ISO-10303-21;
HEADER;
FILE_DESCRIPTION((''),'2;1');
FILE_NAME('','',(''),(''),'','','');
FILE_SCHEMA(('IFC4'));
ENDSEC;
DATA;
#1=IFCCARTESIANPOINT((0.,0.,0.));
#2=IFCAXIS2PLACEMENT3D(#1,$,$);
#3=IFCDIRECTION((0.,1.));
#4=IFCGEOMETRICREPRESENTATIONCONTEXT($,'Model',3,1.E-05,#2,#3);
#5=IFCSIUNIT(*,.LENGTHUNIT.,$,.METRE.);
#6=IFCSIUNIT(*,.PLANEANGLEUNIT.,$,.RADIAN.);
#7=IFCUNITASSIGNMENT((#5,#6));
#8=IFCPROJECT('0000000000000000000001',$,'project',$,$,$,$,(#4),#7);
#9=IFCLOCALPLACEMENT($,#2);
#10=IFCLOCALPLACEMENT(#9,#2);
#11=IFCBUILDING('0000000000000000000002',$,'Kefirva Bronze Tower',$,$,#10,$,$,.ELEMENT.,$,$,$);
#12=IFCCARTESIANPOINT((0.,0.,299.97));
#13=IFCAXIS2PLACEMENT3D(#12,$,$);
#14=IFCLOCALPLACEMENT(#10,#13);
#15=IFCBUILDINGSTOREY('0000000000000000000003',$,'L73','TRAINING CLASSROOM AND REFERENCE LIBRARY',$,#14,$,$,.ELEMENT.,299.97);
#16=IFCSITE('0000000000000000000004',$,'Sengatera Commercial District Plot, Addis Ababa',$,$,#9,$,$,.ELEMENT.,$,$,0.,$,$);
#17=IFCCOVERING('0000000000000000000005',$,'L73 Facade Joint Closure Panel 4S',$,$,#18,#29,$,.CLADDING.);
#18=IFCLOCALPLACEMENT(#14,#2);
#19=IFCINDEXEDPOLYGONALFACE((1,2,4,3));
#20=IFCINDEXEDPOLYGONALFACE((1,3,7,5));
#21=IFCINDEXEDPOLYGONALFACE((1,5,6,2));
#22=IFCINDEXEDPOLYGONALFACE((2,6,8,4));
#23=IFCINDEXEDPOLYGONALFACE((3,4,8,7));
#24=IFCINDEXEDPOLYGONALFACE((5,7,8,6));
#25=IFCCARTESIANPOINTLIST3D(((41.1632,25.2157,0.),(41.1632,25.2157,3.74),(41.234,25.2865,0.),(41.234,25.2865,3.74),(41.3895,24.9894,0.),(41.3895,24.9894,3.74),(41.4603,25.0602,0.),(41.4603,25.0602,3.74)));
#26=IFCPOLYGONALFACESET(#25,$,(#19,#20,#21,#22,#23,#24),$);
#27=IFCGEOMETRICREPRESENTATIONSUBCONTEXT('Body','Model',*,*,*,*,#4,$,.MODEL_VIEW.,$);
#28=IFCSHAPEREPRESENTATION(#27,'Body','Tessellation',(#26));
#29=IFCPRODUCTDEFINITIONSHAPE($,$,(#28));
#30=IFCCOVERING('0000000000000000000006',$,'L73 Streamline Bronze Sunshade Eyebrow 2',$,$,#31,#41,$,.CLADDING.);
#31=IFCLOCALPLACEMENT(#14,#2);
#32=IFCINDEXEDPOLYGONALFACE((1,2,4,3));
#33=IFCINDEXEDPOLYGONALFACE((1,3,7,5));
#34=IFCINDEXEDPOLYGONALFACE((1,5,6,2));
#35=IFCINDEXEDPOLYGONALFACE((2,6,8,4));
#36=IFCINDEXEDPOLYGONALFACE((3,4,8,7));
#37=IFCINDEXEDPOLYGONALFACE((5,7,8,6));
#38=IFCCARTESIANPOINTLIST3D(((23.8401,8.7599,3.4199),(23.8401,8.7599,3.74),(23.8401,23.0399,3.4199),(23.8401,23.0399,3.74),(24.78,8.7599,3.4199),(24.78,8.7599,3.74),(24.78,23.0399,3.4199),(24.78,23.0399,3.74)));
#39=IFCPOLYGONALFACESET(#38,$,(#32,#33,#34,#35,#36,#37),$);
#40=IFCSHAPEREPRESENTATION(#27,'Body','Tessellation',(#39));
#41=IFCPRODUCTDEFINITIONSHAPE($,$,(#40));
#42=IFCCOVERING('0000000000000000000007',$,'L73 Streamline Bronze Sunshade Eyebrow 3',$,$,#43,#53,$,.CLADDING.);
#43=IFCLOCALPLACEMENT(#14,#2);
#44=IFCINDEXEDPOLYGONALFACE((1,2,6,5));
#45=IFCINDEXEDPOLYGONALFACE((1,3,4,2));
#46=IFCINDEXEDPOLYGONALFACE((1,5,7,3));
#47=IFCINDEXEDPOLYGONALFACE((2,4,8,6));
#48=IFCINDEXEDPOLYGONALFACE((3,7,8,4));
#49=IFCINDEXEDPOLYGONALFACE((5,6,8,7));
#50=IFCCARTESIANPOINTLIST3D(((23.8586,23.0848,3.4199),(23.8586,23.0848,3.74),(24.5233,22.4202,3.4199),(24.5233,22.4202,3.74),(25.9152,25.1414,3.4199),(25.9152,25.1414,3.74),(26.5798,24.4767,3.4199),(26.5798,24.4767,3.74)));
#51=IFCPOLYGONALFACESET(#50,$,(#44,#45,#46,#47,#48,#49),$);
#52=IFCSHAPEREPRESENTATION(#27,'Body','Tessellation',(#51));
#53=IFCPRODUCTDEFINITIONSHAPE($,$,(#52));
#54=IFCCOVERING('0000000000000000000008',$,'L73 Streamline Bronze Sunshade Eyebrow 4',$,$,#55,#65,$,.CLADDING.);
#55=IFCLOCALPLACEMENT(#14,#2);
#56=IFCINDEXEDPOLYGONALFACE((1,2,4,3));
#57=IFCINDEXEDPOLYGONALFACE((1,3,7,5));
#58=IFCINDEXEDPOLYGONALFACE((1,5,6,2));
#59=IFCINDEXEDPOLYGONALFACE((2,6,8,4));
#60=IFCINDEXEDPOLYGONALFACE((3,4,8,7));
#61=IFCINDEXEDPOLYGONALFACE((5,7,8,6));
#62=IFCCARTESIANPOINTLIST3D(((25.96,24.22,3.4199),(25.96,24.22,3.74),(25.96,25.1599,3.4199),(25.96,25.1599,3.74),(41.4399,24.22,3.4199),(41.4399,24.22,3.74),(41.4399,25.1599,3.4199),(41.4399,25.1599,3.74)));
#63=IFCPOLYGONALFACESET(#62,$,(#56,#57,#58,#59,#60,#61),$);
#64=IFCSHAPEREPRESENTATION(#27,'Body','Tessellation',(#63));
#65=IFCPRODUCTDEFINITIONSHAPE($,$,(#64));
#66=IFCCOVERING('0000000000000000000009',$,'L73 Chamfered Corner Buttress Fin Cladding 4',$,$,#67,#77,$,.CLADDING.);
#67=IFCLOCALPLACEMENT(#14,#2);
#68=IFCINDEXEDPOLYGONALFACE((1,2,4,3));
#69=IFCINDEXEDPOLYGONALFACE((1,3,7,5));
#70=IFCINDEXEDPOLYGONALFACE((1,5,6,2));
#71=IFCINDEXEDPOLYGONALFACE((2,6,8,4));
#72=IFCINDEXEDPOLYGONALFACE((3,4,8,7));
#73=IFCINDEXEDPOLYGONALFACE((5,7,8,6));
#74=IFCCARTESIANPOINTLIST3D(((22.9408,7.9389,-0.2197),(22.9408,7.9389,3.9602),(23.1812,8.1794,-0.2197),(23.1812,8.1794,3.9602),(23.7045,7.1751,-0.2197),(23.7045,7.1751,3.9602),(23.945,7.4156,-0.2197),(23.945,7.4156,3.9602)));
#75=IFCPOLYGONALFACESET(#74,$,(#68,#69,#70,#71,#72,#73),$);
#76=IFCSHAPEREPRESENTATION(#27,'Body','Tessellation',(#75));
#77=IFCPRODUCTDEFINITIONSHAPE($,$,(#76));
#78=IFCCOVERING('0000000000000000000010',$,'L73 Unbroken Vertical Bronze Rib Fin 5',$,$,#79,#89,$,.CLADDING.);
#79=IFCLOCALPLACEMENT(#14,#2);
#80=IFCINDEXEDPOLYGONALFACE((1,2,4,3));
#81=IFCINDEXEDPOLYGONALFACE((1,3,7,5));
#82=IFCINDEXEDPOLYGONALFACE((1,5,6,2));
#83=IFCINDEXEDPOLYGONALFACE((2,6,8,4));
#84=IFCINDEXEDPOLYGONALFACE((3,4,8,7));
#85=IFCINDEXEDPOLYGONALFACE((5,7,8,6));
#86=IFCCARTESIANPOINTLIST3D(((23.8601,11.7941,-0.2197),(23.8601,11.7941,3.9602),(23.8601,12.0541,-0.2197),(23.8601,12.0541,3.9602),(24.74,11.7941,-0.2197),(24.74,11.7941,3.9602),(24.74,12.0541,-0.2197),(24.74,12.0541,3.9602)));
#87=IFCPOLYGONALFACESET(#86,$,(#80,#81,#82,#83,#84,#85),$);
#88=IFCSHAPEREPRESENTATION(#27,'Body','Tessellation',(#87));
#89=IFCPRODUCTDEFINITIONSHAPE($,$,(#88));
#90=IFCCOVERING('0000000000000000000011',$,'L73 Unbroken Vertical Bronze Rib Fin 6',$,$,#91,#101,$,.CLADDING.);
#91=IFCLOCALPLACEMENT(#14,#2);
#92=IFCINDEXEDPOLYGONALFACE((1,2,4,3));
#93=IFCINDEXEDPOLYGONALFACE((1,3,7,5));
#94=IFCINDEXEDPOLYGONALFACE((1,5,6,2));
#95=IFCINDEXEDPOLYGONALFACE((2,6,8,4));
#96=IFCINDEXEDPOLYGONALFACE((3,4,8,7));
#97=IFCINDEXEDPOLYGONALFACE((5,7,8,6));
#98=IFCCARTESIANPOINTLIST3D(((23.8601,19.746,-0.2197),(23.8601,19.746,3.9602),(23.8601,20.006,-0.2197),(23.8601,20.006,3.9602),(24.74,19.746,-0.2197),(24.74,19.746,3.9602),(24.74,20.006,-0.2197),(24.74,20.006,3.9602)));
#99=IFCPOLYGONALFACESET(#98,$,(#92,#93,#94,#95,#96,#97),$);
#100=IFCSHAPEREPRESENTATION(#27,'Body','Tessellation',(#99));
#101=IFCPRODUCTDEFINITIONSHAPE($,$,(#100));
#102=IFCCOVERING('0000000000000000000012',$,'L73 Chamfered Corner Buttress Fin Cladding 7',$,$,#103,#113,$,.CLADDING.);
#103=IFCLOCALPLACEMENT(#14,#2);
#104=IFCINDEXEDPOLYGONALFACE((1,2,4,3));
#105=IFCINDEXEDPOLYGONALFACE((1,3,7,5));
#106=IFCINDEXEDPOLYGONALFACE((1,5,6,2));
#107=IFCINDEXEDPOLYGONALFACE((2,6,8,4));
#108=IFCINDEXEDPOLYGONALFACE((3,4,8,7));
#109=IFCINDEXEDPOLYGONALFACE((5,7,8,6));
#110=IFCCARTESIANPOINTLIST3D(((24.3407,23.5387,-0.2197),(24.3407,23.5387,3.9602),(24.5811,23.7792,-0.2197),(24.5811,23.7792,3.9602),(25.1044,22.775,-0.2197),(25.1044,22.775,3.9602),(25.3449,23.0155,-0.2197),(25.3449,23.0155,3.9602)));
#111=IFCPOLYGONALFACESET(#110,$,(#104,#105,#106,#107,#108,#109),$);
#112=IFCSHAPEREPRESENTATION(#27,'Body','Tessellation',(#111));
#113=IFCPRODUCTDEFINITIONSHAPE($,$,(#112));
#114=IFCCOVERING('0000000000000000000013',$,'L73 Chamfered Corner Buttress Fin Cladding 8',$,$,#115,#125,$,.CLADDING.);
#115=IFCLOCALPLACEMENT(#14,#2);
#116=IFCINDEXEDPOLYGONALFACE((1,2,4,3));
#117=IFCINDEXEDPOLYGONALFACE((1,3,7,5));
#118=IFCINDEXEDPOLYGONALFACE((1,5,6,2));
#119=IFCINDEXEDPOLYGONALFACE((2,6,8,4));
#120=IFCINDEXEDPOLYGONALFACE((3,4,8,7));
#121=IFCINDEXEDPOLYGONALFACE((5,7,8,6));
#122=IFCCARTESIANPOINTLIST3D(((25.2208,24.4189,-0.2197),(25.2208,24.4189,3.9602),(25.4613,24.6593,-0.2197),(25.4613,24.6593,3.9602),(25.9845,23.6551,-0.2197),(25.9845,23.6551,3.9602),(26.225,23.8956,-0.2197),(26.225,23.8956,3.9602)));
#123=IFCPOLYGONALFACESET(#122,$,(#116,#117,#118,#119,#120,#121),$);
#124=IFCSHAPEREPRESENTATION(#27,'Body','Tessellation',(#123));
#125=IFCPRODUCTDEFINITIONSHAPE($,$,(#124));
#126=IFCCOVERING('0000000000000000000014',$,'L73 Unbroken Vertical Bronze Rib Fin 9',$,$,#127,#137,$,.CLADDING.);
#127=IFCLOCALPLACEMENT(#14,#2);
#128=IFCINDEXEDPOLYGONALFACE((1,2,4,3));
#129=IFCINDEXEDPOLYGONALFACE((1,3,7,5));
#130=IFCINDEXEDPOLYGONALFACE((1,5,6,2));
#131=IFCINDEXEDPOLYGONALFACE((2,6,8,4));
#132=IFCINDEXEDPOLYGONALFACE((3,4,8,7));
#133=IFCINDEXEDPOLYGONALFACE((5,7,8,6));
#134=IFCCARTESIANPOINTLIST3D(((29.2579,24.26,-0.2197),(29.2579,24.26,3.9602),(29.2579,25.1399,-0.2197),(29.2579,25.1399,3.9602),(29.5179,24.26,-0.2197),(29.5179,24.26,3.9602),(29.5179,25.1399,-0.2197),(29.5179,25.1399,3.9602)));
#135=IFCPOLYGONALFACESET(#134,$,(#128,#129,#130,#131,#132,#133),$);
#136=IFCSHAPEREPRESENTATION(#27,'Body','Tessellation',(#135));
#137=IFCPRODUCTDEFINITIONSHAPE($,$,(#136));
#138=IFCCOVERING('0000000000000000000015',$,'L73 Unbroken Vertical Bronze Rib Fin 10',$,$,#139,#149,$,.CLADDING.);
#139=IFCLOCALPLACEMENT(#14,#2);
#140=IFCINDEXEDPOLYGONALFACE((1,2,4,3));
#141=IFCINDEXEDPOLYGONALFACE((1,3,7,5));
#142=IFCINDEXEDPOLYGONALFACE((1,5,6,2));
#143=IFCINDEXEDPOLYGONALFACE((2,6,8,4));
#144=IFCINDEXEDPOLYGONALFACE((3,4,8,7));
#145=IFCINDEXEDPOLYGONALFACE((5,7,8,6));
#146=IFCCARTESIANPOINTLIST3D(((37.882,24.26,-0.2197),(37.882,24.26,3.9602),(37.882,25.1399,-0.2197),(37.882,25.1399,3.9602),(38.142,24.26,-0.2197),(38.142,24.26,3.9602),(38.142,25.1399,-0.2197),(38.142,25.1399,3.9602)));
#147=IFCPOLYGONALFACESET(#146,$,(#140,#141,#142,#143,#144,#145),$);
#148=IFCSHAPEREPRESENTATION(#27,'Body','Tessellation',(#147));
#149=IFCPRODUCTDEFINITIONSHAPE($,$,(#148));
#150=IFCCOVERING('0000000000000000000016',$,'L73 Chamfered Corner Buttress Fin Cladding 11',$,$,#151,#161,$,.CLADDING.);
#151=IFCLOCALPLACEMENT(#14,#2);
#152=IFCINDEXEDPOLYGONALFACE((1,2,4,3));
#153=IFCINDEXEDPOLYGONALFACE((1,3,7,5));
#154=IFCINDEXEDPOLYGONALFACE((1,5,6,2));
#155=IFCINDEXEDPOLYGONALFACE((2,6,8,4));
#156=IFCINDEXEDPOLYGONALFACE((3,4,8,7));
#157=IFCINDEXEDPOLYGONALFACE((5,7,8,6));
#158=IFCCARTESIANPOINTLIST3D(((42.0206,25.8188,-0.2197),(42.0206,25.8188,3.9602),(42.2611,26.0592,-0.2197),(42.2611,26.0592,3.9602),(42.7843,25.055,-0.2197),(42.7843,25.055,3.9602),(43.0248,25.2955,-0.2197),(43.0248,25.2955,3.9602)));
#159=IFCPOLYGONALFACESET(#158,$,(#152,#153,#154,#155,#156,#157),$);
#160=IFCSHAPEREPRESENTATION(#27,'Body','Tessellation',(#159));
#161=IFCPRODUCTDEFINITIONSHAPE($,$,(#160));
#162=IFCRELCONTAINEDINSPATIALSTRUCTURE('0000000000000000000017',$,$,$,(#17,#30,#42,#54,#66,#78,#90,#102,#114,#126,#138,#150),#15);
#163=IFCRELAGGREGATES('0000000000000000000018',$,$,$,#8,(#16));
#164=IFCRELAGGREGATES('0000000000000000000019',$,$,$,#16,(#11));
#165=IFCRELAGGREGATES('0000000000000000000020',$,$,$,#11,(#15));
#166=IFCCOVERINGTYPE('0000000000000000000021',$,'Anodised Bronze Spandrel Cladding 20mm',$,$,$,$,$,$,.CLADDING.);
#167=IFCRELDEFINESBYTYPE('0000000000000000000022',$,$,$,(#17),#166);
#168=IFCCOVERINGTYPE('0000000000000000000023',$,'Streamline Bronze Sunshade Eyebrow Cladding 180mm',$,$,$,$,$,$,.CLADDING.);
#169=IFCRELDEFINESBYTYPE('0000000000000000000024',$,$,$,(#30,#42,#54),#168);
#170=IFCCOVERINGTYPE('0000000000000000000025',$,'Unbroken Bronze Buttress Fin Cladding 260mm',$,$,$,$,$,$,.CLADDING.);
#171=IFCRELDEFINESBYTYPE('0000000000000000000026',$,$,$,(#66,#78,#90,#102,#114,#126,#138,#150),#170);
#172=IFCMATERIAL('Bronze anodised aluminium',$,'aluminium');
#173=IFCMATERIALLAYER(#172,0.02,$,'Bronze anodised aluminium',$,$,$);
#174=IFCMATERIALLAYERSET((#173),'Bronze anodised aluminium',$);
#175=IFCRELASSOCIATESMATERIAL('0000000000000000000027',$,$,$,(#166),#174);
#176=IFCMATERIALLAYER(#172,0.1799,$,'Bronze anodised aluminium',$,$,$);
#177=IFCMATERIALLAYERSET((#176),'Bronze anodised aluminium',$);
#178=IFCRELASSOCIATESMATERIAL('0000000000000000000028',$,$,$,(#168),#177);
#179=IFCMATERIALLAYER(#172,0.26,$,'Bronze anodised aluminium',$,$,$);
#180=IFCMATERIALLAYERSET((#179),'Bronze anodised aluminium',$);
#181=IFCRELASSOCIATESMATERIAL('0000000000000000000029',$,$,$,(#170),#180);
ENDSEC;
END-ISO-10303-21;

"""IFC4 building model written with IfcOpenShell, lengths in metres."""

from ifc_helpers import new_model, si_unit, direction, frame, origin, origin_2d, place, context, subcontext, project, spatial, rectangle, extrude, material, layer, layer_set, type_object, element, save


model = new_model("IFC4")

# Units and contexts
model_context = context("Model", 3, precision=1e-05, world=origin(), true_north=direction((0.0, 1.0)))
body_context = subcontext(model_context, "Body", "Model", "MODEL_VIEW")
ifc_project = project(units=[si_unit("LENGTHUNIT", "METRE"), si_unit("PLANEANGLEUNIT", "RADIAN")], contexts=[model_context])

# Site, building, storey
site_placement = place(None, origin())
site = spatial("IfcSite", under=ifc_project, at=site_placement, Name="Sengatera Commercial District Plot, Addis Ababa", CompositionType="ELEMENT", RefElevation=0.0)
building_placement = place(site_placement, origin())
building = spatial("IfcBuilding", under=site, at=building_placement, Name="Kefirva Bronze Tower", CompositionType="ELEMENT")
storey_placement = place(building_placement, frame((0.0, 0.0, 299.97)))
storey = spatial("IfcBuildingStorey", under=building, at=storey_placement, Name="L73", Description="TRAINING CLASSROOM AND REFERENCE LIBRARY", CompositionType="ELEMENT", Elevation=299.97)

# Shared definitions
ifc_material_1 = material(Name="Bronze anodised aluminium", Category="aluminium")

# Coverings
ifc_layer_1 = layer(ifc_material_1, 0.02, Name="Bronze anodised aluminium")
ifc_layer_set_1 = layer_set([ifc_layer_1], Name="Bronze anodised aluminium")
covering_type_1 = type_object("IfcCoveringType", Name="Anodised Bronze Spandrel Cladding 20mm", PredefinedType="CLADDING", material=ifc_layer_set_1)
covering_1_placement = place(storey_placement, frame((41.3118, 25.1379, 0.0), z_axis=(0.0, 0.0, 1.0), x_axis=(0.707107, 0.707107, 0.0)))
element("IfcCovering", 1, at=covering_1_placement, inside=storey, type_object=covering_type_1, Name="L73 Facade Joint Closure Panel 4S", PredefinedType="CLADDING", context=body_context, shape_type="SweptSolid", body=[
    extrude(rectangle(XDim=0.1001, YDim=0.3201, at=origin_2d()), origin(), (0.0, 0.0, 1.0), 3.74),
])
ifc_layer_2 = layer(ifc_material_1, 0.1799, Name="Bronze anodised aluminium")
ifc_layer_set_2 = layer_set([ifc_layer_2], Name="Bronze anodised aluminium")
covering_type_2 = type_object("IfcCoveringType", Name="Streamline Bronze Sunshade Eyebrow Cladding 180mm", PredefinedType="CLADDING", material=ifc_layer_set_2)
covering_2_placement = place(storey_placement, frame((24.3101, 15.8999, 3.4199), z_axis=(0.0, 0.0, 1.0), x_axis=(0.0, 1.0, 0.0)))
element("IfcCovering", 2, at=covering_2_placement, inside=storey, type_object=covering_type_2, Name="L73 Streamline Bronze Sunshade Eyebrow 2", PredefinedType="CLADDING", context=body_context, shape_type="SweptSolid", body=[
    extrude(rectangle(XDim=14.28, YDim=0.9399, at=origin_2d()), origin(), (0.0, 0.0, 1.0), 0.3201),
])
covering_3_placement = place(storey_placement, frame((25.2192, 23.7808, 3.4199), z_axis=(0.0, 0.0, 1.0), x_axis=(0.707107, 0.707107, 0.0)))
element("IfcCovering", 3, at=covering_3_placement, inside=storey, type_object=covering_type_2, Name="L73 Streamline Bronze Sunshade Eyebrow 3", PredefinedType="CLADDING", context=body_context, shape_type="SweptSolid", body=[
    extrude(rectangle(XDim=2.9084, YDim=0.9399, at=origin_2d()), origin(), (0.0, 0.0, 1.0), 0.3201),
])
covering_4_placement = place(storey_placement, frame((33.7, 24.6899, 3.4199), z_axis=(0.0, 0.0, 1.0), x_axis=(1.0, 0.0, 0.0)))
element("IfcCovering", 4, at=covering_4_placement, inside=storey, type_object=covering_type_2, Name="L73 Streamline Bronze Sunshade Eyebrow 4", PredefinedType="CLADDING", context=body_context, shape_type="SweptSolid", body=[
    extrude(rectangle(XDim=15.48, YDim=0.9399, at=origin_2d()), origin(), (0.0, 0.0, 1.0), 0.3201),
])
ifc_layer_3 = layer(ifc_material_1, 0.26, Name="Bronze anodised aluminium")
ifc_layer_set_3 = layer_set([ifc_layer_3], Name="Bronze anodised aluminium")
covering_type_3 = type_object("IfcCoveringType", Name="Unbroken Bronze Buttress Fin Cladding 260mm", PredefinedType="CLADDING", material=ifc_layer_set_3)
covering_5_placement = place(storey_placement, frame((23.4429, 7.6772, -0.2197), z_axis=(0.0, 0.0, 1.0), x_axis=(0.707107, 0.707107, 0.0)))
element("IfcCovering", 5, at=covering_5_placement, inside=storey, type_object=covering_type_3, Name="L73 Chamfered Corner Buttress Fin Cladding 4", PredefinedType="CLADDING", context=body_context, shape_type="SweptSolid", body=[
    extrude(rectangle(XDim=0.3401, YDim=1.0801, at=origin_2d()), origin(), (0.0, 0.0, 1.0), 4.1799),
])
for number, where, z_axis, x_axis, name in (
    (6, (24.3, 11.9241, -0.2197), (0.0, 0.0, 1.0), (0.0, 1.0, 0.0), "L73 Unbroken Vertical Bronze Rib Fin 5"),
    (7, (24.3, 19.876, -0.2197), (0.0, 0.0, 1.0), (0.0, 1.0, 0.0), "L73 Unbroken Vertical Bronze Rib Fin 6"),
):
    element("IfcCovering", number, at=place(storey_placement, frame(where, z_axis=z_axis, x_axis=x_axis)), inside=storey, type_object=covering_type_3, Name=name, PredefinedType="CLADDING", context=body_context, shape_type="SweptSolid", body=[
        extrude(rectangle(XDim=0.26, YDim=0.8799, at=origin_2d()), origin(), (0.0, 0.0, 1.0), 4.1799),
    ])
for number, where, z_axis, x_axis, name in (
    (8, (24.8428, 23.2771, -0.2197), (0.0, 0.0, 1.0), (0.707107, 0.707107, 0.0), "L73 Chamfered Corner Buttress Fin Cladding 7"),
    (9, (25.7229, 24.1572, -0.2197), (0.0, 0.0, 1.0), (0.707107, 0.707107, 0.0), "L73 Chamfered Corner Buttress Fin Cladding 8"),
):
    element("IfcCovering", number, at=place(storey_placement, frame(where, z_axis=z_axis, x_axis=x_axis)), inside=storey, type_object=covering_type_3, Name=name, PredefinedType="CLADDING", context=body_context, shape_type="SweptSolid", body=[
        extrude(rectangle(XDim=0.3401, YDim=1.0801, at=origin_2d()), origin(), (0.0, 0.0, 1.0), 4.1799),
    ])
for number, where, z_axis, x_axis, name in (
    (10, (29.3879, 24.7, -0.2197), (0.0, 0.0, 1.0), (1.0, 0.0, 0.0), "L73 Unbroken Vertical Bronze Rib Fin 9"),
    (11, (38.012, 24.7, -0.2197), (0.0, 0.0, 1.0), (1.0, 0.0, 0.0), "L73 Unbroken Vertical Bronze Rib Fin 10"),
):
    element("IfcCovering", number, at=place(storey_placement, frame(where, z_axis=z_axis, x_axis=x_axis)), inside=storey, type_object=covering_type_3, Name=name, PredefinedType="CLADDING", context=body_context, shape_type="SweptSolid", body=[
        extrude(rectangle(XDim=0.26, YDim=0.8799, at=origin_2d()), origin(), (0.0, 0.0, 1.0), 4.1799),
    ])
covering_6_placement = place(storey_placement, frame((42.5227, 25.5571, -0.2197), z_axis=(0.0, 0.0, 1.0), x_axis=(0.707107, 0.707107, 0.0)))
element("IfcCovering", 12, at=covering_6_placement, inside=storey, type_object=covering_type_3, Name="L73 Chamfered Corner Buttress Fin Cladding 11", PredefinedType="CLADDING", context=body_context, shape_type="SweptSolid", body=[
    extrude(rectangle(XDim=0.3401, YDim=1.0801, at=origin_2d()), origin(), (0.0, 0.0, 1.0), 4.1799),
])

save(model, "model.ifc")
